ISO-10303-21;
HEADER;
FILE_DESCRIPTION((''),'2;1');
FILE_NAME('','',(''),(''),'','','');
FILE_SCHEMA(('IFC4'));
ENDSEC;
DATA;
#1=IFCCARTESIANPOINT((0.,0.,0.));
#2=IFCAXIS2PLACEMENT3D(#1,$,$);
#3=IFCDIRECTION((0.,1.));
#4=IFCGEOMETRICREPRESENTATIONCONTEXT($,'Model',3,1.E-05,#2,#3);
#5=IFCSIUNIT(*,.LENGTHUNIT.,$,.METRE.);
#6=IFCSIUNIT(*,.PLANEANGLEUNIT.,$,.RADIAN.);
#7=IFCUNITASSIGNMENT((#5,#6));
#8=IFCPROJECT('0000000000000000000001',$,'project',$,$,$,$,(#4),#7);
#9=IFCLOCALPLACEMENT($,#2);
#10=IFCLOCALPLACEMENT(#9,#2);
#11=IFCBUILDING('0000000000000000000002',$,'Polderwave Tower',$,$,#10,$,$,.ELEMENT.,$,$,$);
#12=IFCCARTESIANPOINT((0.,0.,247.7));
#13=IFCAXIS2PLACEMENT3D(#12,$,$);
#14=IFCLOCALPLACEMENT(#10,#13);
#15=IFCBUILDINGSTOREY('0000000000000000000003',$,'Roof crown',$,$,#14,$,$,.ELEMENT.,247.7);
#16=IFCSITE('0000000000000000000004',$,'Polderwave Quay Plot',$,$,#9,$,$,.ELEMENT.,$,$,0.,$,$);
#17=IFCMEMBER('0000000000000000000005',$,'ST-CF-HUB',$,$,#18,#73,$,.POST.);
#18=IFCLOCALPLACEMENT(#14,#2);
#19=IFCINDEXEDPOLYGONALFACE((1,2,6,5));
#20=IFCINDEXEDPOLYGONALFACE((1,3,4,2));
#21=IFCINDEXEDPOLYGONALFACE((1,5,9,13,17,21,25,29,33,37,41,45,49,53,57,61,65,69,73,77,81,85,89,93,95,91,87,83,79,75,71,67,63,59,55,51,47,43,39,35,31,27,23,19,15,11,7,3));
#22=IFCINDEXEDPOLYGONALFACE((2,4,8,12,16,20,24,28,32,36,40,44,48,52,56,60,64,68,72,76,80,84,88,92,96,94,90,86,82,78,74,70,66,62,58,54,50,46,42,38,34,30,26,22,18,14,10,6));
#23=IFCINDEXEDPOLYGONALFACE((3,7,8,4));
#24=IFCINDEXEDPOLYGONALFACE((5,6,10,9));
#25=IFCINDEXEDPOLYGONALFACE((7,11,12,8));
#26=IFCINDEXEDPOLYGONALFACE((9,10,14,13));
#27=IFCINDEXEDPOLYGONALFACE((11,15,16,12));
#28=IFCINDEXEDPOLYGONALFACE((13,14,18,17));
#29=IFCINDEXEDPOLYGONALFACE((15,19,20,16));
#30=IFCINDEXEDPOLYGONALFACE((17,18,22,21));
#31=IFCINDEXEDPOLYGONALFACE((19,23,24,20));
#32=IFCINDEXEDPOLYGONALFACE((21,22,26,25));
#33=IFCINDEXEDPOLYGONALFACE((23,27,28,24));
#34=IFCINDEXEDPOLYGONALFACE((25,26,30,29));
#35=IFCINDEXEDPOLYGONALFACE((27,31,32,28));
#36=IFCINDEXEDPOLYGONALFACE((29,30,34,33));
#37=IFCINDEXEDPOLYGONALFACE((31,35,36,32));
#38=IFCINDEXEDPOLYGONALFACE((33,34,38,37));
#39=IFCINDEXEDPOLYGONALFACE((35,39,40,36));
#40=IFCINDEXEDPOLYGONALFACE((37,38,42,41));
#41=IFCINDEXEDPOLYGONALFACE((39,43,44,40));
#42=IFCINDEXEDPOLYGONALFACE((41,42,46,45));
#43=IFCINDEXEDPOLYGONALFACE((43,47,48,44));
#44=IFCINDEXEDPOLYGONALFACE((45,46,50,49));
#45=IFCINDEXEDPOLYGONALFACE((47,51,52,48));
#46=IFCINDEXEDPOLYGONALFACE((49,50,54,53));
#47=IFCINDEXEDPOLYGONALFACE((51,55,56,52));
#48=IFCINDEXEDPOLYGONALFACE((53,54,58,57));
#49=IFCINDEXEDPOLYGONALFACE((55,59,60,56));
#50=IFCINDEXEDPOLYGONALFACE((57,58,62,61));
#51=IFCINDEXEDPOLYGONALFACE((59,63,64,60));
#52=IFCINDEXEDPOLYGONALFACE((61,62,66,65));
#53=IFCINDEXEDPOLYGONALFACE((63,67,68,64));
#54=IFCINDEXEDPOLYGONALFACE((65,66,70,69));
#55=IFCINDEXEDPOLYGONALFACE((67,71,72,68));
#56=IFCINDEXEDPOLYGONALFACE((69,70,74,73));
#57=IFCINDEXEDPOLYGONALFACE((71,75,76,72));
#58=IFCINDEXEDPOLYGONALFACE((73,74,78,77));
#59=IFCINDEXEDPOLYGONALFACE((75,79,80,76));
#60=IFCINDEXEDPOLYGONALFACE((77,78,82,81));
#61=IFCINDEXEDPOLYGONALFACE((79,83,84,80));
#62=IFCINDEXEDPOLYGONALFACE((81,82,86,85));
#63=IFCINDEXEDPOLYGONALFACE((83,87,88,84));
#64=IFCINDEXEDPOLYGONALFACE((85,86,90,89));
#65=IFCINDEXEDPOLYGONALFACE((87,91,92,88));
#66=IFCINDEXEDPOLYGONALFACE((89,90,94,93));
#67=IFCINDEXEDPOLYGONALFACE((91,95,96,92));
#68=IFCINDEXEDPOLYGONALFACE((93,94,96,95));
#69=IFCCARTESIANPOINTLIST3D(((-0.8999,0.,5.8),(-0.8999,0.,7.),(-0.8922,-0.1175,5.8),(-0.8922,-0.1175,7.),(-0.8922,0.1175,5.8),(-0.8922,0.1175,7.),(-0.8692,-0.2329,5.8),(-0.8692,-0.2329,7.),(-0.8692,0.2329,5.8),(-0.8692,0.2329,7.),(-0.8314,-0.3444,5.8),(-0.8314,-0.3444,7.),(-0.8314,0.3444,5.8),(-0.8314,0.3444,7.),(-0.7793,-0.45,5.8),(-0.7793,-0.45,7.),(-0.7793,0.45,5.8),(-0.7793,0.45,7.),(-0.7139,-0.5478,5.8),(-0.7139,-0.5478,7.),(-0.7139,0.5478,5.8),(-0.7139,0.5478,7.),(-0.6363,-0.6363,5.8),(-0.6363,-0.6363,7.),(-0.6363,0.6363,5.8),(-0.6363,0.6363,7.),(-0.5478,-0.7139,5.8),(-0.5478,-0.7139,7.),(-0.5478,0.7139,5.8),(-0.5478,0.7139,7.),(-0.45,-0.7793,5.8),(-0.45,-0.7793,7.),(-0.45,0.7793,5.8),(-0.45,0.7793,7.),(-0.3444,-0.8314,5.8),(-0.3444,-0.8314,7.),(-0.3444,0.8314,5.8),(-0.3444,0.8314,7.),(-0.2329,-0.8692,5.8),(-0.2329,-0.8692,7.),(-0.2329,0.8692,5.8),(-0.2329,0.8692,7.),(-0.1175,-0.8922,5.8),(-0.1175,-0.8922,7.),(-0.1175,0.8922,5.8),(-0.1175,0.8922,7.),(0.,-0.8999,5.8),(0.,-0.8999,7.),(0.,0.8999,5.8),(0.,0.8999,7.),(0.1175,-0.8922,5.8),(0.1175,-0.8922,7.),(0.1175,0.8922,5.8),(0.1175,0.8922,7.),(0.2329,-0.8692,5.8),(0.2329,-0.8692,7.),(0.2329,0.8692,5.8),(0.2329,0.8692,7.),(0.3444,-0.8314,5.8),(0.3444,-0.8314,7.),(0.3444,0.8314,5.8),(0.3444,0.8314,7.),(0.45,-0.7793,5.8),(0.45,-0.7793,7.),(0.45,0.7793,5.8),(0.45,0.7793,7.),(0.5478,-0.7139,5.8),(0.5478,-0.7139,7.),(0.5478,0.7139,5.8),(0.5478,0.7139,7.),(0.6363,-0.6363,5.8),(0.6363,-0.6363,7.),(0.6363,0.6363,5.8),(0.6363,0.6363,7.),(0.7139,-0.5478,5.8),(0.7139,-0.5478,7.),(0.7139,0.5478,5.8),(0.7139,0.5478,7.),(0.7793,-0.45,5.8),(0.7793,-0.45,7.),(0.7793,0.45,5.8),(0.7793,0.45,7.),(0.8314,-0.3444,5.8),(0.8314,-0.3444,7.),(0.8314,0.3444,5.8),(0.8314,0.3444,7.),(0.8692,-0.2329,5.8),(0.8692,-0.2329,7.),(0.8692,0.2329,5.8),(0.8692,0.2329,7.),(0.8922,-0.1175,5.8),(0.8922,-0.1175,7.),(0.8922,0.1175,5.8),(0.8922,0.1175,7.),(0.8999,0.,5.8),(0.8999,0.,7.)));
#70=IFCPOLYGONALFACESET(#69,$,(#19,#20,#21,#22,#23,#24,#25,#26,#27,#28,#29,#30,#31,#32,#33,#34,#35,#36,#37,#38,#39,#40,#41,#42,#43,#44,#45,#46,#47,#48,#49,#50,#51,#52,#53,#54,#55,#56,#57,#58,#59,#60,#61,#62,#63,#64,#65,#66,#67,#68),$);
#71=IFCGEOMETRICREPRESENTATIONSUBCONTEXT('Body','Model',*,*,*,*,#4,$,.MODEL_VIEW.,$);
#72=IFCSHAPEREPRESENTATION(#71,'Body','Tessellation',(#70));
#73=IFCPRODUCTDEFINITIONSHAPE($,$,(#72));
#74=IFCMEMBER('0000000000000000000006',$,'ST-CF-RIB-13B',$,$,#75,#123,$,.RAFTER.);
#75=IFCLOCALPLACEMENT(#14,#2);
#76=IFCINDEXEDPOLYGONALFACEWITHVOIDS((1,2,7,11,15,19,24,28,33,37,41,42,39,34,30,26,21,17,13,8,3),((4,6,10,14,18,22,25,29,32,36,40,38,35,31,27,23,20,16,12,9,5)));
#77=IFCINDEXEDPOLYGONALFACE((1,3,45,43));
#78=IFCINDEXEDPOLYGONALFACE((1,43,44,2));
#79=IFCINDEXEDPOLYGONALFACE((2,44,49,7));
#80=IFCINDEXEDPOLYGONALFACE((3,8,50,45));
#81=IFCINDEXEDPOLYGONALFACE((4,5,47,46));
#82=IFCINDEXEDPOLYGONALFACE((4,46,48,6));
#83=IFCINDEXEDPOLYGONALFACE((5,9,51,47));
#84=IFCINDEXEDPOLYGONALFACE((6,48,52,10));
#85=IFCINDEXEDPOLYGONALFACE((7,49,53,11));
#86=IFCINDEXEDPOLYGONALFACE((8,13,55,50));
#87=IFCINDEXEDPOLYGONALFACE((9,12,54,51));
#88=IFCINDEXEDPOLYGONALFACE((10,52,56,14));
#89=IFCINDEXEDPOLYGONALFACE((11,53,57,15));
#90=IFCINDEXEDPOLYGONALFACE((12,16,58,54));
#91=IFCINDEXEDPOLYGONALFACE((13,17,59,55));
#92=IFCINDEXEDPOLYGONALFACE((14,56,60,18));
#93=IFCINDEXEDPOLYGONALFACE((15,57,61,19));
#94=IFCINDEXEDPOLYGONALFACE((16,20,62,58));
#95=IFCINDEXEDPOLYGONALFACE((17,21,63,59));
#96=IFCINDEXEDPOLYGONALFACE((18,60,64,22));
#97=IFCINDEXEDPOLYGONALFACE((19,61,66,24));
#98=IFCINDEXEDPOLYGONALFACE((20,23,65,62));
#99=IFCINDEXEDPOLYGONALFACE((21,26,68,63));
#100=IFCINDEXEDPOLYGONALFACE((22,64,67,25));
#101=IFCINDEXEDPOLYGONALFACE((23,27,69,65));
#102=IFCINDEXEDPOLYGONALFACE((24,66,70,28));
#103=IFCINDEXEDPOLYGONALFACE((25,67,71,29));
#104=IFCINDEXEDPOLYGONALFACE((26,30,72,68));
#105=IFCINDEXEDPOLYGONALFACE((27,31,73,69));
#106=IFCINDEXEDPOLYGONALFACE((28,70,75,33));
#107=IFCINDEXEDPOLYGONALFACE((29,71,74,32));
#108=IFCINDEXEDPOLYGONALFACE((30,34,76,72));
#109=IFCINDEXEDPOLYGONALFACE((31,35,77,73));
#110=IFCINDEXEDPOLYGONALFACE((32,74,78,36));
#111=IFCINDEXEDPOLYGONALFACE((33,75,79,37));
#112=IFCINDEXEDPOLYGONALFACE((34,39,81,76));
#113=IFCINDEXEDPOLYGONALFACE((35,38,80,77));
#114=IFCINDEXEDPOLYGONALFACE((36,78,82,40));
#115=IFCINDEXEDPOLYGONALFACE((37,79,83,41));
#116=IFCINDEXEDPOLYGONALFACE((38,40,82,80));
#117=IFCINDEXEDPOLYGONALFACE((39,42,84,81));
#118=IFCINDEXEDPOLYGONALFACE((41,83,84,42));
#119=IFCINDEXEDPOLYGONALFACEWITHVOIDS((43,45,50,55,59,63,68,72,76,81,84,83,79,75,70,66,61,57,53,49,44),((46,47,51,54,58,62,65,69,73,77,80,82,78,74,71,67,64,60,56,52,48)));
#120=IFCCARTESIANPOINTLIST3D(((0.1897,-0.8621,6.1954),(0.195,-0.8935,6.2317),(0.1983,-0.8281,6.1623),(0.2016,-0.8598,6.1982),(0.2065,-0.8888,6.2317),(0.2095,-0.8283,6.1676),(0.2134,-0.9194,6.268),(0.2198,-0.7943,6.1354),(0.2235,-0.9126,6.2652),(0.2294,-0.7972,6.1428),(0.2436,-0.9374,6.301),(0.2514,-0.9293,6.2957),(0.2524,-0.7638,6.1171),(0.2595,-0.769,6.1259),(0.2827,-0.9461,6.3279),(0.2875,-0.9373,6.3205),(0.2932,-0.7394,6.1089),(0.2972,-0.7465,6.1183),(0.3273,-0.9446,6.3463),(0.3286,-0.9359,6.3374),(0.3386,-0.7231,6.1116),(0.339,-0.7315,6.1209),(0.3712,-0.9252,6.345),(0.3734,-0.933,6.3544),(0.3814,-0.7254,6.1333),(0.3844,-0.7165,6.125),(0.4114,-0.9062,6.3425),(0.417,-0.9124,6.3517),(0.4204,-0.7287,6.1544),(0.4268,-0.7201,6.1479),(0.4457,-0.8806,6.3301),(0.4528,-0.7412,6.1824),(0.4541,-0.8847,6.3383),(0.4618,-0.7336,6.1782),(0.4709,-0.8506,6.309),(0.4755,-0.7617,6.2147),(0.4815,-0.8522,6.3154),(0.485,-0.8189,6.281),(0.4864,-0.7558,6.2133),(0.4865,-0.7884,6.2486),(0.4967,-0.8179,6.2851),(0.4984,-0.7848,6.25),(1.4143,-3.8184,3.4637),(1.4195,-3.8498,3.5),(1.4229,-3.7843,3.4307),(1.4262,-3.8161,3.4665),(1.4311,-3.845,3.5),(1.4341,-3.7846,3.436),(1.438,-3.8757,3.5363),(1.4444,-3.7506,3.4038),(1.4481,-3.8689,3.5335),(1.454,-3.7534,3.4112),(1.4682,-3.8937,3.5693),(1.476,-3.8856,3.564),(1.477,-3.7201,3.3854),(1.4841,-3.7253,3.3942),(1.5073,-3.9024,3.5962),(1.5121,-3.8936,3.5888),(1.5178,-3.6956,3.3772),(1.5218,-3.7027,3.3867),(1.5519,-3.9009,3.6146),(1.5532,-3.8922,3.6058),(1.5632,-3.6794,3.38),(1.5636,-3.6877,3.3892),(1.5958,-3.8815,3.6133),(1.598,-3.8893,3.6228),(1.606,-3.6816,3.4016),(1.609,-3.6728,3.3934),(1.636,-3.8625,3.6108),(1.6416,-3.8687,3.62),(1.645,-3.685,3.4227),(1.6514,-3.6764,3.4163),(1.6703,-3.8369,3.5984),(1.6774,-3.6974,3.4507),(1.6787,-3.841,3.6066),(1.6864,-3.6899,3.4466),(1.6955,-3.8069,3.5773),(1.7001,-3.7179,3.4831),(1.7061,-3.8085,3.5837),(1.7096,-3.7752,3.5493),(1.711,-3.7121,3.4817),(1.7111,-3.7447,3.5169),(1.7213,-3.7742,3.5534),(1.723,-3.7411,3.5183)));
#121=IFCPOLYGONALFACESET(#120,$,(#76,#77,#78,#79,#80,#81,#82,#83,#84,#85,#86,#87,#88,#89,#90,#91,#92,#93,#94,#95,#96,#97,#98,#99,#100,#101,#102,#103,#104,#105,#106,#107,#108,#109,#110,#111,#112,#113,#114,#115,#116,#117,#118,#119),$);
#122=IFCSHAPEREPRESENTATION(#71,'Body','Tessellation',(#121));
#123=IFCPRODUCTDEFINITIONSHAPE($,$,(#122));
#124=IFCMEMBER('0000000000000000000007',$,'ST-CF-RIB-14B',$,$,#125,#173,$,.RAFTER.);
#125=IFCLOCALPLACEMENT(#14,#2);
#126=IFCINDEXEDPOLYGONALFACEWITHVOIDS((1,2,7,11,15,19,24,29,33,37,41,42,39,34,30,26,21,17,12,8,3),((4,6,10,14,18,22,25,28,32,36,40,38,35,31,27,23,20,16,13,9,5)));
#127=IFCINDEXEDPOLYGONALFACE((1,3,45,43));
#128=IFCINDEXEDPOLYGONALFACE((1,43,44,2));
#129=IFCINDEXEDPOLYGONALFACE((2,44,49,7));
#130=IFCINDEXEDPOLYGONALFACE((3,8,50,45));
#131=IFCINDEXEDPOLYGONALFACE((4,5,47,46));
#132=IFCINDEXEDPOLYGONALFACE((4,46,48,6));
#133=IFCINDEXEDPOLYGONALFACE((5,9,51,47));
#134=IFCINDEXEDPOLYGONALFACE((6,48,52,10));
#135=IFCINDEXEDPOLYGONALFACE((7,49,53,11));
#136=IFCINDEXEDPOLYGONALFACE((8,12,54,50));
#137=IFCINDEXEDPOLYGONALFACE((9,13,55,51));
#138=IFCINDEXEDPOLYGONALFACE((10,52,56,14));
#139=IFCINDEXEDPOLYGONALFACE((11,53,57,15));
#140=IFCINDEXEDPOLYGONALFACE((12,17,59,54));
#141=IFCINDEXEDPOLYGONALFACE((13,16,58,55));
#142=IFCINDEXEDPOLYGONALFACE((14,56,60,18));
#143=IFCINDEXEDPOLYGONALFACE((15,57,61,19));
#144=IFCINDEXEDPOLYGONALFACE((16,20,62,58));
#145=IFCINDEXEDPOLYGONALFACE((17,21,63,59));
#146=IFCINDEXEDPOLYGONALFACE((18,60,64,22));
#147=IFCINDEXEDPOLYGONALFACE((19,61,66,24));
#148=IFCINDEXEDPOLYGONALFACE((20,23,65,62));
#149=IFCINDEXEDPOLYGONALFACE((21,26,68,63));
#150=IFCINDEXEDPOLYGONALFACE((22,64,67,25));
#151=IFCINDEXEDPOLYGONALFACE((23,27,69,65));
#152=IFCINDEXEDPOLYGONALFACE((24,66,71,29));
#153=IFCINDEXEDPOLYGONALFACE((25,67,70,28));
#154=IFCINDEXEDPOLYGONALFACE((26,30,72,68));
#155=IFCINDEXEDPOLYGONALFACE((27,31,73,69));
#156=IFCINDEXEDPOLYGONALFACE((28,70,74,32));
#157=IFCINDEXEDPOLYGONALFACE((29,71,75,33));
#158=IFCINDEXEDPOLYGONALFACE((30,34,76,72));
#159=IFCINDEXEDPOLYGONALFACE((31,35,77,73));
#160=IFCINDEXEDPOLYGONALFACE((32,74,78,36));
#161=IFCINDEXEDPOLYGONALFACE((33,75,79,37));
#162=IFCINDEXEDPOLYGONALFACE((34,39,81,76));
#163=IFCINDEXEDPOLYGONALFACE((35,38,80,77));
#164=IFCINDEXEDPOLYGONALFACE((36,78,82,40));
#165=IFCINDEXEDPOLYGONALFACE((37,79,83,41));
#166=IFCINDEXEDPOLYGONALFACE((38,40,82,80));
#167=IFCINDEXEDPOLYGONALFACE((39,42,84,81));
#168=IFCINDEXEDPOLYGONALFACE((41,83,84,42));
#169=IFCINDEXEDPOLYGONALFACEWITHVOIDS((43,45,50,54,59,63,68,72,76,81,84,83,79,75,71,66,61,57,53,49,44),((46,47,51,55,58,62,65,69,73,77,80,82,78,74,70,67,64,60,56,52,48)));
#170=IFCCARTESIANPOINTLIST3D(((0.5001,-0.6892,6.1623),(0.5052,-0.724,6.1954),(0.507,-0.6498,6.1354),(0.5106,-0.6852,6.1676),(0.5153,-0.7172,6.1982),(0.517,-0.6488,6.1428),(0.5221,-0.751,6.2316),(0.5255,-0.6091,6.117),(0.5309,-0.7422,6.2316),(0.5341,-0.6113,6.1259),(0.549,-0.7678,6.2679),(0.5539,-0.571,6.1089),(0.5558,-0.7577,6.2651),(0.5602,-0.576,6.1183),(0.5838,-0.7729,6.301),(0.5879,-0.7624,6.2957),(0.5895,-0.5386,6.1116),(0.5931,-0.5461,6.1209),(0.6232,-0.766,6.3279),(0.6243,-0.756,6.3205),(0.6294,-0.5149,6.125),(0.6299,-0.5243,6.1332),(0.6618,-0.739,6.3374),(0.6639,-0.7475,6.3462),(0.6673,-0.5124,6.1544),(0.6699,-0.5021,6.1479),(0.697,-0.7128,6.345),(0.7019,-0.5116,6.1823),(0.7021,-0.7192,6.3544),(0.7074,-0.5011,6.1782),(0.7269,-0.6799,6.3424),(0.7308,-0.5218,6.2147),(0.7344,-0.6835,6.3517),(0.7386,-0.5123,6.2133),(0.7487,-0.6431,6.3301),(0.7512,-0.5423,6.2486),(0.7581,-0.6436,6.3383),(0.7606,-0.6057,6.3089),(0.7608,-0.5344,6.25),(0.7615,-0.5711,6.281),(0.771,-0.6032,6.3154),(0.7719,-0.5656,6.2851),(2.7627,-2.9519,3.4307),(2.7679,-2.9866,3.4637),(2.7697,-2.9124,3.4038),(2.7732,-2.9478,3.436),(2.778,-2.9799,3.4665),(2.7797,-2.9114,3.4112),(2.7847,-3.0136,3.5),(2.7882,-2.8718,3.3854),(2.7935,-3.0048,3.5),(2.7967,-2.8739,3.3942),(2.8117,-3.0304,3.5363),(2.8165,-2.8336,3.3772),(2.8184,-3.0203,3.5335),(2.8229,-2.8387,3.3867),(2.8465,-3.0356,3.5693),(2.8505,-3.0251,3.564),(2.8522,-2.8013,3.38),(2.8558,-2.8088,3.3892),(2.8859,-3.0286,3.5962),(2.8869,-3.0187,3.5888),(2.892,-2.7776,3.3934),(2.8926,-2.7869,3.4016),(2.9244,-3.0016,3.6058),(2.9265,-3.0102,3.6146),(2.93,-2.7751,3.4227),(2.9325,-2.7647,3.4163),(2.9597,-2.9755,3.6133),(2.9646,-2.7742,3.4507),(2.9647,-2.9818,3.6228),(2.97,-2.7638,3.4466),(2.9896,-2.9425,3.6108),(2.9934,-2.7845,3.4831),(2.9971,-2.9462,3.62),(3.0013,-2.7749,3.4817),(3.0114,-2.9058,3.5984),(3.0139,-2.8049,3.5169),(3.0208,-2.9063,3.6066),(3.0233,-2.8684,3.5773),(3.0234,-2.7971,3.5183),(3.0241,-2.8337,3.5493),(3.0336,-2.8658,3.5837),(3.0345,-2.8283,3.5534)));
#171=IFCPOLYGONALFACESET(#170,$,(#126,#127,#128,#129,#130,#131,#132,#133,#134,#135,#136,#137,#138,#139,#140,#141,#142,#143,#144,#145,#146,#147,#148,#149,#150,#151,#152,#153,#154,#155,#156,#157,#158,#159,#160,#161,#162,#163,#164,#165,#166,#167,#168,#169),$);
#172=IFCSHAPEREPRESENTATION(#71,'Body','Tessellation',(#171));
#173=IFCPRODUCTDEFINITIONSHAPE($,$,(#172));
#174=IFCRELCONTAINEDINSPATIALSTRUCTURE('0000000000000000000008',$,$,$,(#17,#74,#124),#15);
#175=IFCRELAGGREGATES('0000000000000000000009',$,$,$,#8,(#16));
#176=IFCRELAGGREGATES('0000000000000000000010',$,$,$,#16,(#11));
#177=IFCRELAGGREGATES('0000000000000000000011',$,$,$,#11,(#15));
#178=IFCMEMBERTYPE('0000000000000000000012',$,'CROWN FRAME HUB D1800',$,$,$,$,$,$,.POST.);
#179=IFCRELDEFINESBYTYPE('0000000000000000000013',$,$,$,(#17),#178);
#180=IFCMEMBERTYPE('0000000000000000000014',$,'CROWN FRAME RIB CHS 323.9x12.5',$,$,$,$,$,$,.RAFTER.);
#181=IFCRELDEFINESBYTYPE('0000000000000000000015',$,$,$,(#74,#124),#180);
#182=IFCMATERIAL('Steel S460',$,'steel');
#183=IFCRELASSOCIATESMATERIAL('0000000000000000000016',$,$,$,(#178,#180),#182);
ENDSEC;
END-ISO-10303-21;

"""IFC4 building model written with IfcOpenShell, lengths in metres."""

from ifc_helpers import new_model, si_unit, direction, frame, origin, origin_2d, place, context, subcontext, project, spatial, circle, hollow_circle, extrude, material, material_profile, profile_set, type_object, element, save


model = new_model("IFC4")

# Units and contexts
model_context = context("Model", 3, precision=1e-05, world=origin(), true_north=direction((0.0, 1.0)))
body_context = subcontext(model_context, "Body", "Model", "MODEL_VIEW")
ifc_project = project(units=[si_unit("LENGTHUNIT", "METRE"), si_unit("PLANEANGLEUNIT", "RADIAN")], contexts=[model_context])

# Site, building, storey
site_placement = place(None, origin())
site = spatial("IfcSite", under=ifc_project, at=site_placement, Name="Polderwave Quay Plot", CompositionType="ELEMENT", RefElevation=0.0)
building_placement = place(site_placement, origin())
building = spatial("IfcBuilding", under=site, at=building_placement, Name="Polderwave Tower", CompositionType="ELEMENT")
storey_placement = place(building_placement, frame((0.0, 0.0, 247.7)))
storey = spatial("IfcBuildingStorey", under=building, at=storey_placement, Name="Roof crown", CompositionType="ELEMENT", Elevation=247.7)

# Members
ifc_material_1 = material(Name="Steel S460", Category="steel")
ifc_material_profile_1 = material_profile(ifc_material_1, circle(Radius=0.8999, at=origin_2d()), Name="HUB D1800")
ifc_profile_set_1 = profile_set([ifc_material_profile_1], Name="Steel S460")
member_type_1 = type_object("IfcMemberType", Name="CROWN FRAME HUB D1800", PredefinedType="POST", material=ifc_profile_set_1)
member_1_placement = place(storey_placement, frame((0.0, 0.0, 5.8), z_axis=(0.0, 0.0, 1.0), x_axis=(1.0, 0.0, 0.0)))
element("IfcMember", 1, at=member_1_placement, inside=storey, type_object=member_type_1, Name="ST-CF-HUB", PredefinedType="POST", context=body_context, shape_type="SweptSolid", body=[
    extrude(circle(Radius=0.8999, at=origin_2d()), origin(), (0.0, 0.0, 1.0), 1.2),
])
ifc_material_profile_2 = material_profile(ifc_material_1, hollow_circle(Radius=0.1619, WallThickness=0.0125, at=origin_2d()), Name="CHS 323.9x12.5")
ifc_profile_set_2 = profile_set([ifc_material_profile_2], Name="Steel S460")
member_type_2 = type_object("IfcMemberType", Name="CROWN FRAME RIB CHS 323.9x12.5", PredefinedType="RAFTER", material=ifc_profile_set_2)
for number, where, z_axis, x_axis, name in (
    (2, (1.5691, -3.7878, 3.5), (-0.291067, 0.702657, 0.649271), (-0.923872, -0.382702, 0.0), "ST-CF-RIB-13B"),
    (3, (2.8992, -2.8992, 3.5), (-0.537797, 0.537797, 0.649268), (-0.707107, -0.707107, 0.0), "ST-CF-RIB-14B"),
):
    element("IfcMember", number, at=place(storey_placement, frame(where, z_axis=z_axis, x_axis=x_axis)), inside=storey, type_object=member_type_2, Name=name, PredefinedType="RAFTER", context=body_context, shape_type="SweptSolid", body=[
        extrude(hollow_circle(Radius=0.1619, WallThickness=0.0125, at=origin_2d()), origin(), (0.0, 0.0, 1.0), 4.2073),
    ])

save(model, "model.ifc")
